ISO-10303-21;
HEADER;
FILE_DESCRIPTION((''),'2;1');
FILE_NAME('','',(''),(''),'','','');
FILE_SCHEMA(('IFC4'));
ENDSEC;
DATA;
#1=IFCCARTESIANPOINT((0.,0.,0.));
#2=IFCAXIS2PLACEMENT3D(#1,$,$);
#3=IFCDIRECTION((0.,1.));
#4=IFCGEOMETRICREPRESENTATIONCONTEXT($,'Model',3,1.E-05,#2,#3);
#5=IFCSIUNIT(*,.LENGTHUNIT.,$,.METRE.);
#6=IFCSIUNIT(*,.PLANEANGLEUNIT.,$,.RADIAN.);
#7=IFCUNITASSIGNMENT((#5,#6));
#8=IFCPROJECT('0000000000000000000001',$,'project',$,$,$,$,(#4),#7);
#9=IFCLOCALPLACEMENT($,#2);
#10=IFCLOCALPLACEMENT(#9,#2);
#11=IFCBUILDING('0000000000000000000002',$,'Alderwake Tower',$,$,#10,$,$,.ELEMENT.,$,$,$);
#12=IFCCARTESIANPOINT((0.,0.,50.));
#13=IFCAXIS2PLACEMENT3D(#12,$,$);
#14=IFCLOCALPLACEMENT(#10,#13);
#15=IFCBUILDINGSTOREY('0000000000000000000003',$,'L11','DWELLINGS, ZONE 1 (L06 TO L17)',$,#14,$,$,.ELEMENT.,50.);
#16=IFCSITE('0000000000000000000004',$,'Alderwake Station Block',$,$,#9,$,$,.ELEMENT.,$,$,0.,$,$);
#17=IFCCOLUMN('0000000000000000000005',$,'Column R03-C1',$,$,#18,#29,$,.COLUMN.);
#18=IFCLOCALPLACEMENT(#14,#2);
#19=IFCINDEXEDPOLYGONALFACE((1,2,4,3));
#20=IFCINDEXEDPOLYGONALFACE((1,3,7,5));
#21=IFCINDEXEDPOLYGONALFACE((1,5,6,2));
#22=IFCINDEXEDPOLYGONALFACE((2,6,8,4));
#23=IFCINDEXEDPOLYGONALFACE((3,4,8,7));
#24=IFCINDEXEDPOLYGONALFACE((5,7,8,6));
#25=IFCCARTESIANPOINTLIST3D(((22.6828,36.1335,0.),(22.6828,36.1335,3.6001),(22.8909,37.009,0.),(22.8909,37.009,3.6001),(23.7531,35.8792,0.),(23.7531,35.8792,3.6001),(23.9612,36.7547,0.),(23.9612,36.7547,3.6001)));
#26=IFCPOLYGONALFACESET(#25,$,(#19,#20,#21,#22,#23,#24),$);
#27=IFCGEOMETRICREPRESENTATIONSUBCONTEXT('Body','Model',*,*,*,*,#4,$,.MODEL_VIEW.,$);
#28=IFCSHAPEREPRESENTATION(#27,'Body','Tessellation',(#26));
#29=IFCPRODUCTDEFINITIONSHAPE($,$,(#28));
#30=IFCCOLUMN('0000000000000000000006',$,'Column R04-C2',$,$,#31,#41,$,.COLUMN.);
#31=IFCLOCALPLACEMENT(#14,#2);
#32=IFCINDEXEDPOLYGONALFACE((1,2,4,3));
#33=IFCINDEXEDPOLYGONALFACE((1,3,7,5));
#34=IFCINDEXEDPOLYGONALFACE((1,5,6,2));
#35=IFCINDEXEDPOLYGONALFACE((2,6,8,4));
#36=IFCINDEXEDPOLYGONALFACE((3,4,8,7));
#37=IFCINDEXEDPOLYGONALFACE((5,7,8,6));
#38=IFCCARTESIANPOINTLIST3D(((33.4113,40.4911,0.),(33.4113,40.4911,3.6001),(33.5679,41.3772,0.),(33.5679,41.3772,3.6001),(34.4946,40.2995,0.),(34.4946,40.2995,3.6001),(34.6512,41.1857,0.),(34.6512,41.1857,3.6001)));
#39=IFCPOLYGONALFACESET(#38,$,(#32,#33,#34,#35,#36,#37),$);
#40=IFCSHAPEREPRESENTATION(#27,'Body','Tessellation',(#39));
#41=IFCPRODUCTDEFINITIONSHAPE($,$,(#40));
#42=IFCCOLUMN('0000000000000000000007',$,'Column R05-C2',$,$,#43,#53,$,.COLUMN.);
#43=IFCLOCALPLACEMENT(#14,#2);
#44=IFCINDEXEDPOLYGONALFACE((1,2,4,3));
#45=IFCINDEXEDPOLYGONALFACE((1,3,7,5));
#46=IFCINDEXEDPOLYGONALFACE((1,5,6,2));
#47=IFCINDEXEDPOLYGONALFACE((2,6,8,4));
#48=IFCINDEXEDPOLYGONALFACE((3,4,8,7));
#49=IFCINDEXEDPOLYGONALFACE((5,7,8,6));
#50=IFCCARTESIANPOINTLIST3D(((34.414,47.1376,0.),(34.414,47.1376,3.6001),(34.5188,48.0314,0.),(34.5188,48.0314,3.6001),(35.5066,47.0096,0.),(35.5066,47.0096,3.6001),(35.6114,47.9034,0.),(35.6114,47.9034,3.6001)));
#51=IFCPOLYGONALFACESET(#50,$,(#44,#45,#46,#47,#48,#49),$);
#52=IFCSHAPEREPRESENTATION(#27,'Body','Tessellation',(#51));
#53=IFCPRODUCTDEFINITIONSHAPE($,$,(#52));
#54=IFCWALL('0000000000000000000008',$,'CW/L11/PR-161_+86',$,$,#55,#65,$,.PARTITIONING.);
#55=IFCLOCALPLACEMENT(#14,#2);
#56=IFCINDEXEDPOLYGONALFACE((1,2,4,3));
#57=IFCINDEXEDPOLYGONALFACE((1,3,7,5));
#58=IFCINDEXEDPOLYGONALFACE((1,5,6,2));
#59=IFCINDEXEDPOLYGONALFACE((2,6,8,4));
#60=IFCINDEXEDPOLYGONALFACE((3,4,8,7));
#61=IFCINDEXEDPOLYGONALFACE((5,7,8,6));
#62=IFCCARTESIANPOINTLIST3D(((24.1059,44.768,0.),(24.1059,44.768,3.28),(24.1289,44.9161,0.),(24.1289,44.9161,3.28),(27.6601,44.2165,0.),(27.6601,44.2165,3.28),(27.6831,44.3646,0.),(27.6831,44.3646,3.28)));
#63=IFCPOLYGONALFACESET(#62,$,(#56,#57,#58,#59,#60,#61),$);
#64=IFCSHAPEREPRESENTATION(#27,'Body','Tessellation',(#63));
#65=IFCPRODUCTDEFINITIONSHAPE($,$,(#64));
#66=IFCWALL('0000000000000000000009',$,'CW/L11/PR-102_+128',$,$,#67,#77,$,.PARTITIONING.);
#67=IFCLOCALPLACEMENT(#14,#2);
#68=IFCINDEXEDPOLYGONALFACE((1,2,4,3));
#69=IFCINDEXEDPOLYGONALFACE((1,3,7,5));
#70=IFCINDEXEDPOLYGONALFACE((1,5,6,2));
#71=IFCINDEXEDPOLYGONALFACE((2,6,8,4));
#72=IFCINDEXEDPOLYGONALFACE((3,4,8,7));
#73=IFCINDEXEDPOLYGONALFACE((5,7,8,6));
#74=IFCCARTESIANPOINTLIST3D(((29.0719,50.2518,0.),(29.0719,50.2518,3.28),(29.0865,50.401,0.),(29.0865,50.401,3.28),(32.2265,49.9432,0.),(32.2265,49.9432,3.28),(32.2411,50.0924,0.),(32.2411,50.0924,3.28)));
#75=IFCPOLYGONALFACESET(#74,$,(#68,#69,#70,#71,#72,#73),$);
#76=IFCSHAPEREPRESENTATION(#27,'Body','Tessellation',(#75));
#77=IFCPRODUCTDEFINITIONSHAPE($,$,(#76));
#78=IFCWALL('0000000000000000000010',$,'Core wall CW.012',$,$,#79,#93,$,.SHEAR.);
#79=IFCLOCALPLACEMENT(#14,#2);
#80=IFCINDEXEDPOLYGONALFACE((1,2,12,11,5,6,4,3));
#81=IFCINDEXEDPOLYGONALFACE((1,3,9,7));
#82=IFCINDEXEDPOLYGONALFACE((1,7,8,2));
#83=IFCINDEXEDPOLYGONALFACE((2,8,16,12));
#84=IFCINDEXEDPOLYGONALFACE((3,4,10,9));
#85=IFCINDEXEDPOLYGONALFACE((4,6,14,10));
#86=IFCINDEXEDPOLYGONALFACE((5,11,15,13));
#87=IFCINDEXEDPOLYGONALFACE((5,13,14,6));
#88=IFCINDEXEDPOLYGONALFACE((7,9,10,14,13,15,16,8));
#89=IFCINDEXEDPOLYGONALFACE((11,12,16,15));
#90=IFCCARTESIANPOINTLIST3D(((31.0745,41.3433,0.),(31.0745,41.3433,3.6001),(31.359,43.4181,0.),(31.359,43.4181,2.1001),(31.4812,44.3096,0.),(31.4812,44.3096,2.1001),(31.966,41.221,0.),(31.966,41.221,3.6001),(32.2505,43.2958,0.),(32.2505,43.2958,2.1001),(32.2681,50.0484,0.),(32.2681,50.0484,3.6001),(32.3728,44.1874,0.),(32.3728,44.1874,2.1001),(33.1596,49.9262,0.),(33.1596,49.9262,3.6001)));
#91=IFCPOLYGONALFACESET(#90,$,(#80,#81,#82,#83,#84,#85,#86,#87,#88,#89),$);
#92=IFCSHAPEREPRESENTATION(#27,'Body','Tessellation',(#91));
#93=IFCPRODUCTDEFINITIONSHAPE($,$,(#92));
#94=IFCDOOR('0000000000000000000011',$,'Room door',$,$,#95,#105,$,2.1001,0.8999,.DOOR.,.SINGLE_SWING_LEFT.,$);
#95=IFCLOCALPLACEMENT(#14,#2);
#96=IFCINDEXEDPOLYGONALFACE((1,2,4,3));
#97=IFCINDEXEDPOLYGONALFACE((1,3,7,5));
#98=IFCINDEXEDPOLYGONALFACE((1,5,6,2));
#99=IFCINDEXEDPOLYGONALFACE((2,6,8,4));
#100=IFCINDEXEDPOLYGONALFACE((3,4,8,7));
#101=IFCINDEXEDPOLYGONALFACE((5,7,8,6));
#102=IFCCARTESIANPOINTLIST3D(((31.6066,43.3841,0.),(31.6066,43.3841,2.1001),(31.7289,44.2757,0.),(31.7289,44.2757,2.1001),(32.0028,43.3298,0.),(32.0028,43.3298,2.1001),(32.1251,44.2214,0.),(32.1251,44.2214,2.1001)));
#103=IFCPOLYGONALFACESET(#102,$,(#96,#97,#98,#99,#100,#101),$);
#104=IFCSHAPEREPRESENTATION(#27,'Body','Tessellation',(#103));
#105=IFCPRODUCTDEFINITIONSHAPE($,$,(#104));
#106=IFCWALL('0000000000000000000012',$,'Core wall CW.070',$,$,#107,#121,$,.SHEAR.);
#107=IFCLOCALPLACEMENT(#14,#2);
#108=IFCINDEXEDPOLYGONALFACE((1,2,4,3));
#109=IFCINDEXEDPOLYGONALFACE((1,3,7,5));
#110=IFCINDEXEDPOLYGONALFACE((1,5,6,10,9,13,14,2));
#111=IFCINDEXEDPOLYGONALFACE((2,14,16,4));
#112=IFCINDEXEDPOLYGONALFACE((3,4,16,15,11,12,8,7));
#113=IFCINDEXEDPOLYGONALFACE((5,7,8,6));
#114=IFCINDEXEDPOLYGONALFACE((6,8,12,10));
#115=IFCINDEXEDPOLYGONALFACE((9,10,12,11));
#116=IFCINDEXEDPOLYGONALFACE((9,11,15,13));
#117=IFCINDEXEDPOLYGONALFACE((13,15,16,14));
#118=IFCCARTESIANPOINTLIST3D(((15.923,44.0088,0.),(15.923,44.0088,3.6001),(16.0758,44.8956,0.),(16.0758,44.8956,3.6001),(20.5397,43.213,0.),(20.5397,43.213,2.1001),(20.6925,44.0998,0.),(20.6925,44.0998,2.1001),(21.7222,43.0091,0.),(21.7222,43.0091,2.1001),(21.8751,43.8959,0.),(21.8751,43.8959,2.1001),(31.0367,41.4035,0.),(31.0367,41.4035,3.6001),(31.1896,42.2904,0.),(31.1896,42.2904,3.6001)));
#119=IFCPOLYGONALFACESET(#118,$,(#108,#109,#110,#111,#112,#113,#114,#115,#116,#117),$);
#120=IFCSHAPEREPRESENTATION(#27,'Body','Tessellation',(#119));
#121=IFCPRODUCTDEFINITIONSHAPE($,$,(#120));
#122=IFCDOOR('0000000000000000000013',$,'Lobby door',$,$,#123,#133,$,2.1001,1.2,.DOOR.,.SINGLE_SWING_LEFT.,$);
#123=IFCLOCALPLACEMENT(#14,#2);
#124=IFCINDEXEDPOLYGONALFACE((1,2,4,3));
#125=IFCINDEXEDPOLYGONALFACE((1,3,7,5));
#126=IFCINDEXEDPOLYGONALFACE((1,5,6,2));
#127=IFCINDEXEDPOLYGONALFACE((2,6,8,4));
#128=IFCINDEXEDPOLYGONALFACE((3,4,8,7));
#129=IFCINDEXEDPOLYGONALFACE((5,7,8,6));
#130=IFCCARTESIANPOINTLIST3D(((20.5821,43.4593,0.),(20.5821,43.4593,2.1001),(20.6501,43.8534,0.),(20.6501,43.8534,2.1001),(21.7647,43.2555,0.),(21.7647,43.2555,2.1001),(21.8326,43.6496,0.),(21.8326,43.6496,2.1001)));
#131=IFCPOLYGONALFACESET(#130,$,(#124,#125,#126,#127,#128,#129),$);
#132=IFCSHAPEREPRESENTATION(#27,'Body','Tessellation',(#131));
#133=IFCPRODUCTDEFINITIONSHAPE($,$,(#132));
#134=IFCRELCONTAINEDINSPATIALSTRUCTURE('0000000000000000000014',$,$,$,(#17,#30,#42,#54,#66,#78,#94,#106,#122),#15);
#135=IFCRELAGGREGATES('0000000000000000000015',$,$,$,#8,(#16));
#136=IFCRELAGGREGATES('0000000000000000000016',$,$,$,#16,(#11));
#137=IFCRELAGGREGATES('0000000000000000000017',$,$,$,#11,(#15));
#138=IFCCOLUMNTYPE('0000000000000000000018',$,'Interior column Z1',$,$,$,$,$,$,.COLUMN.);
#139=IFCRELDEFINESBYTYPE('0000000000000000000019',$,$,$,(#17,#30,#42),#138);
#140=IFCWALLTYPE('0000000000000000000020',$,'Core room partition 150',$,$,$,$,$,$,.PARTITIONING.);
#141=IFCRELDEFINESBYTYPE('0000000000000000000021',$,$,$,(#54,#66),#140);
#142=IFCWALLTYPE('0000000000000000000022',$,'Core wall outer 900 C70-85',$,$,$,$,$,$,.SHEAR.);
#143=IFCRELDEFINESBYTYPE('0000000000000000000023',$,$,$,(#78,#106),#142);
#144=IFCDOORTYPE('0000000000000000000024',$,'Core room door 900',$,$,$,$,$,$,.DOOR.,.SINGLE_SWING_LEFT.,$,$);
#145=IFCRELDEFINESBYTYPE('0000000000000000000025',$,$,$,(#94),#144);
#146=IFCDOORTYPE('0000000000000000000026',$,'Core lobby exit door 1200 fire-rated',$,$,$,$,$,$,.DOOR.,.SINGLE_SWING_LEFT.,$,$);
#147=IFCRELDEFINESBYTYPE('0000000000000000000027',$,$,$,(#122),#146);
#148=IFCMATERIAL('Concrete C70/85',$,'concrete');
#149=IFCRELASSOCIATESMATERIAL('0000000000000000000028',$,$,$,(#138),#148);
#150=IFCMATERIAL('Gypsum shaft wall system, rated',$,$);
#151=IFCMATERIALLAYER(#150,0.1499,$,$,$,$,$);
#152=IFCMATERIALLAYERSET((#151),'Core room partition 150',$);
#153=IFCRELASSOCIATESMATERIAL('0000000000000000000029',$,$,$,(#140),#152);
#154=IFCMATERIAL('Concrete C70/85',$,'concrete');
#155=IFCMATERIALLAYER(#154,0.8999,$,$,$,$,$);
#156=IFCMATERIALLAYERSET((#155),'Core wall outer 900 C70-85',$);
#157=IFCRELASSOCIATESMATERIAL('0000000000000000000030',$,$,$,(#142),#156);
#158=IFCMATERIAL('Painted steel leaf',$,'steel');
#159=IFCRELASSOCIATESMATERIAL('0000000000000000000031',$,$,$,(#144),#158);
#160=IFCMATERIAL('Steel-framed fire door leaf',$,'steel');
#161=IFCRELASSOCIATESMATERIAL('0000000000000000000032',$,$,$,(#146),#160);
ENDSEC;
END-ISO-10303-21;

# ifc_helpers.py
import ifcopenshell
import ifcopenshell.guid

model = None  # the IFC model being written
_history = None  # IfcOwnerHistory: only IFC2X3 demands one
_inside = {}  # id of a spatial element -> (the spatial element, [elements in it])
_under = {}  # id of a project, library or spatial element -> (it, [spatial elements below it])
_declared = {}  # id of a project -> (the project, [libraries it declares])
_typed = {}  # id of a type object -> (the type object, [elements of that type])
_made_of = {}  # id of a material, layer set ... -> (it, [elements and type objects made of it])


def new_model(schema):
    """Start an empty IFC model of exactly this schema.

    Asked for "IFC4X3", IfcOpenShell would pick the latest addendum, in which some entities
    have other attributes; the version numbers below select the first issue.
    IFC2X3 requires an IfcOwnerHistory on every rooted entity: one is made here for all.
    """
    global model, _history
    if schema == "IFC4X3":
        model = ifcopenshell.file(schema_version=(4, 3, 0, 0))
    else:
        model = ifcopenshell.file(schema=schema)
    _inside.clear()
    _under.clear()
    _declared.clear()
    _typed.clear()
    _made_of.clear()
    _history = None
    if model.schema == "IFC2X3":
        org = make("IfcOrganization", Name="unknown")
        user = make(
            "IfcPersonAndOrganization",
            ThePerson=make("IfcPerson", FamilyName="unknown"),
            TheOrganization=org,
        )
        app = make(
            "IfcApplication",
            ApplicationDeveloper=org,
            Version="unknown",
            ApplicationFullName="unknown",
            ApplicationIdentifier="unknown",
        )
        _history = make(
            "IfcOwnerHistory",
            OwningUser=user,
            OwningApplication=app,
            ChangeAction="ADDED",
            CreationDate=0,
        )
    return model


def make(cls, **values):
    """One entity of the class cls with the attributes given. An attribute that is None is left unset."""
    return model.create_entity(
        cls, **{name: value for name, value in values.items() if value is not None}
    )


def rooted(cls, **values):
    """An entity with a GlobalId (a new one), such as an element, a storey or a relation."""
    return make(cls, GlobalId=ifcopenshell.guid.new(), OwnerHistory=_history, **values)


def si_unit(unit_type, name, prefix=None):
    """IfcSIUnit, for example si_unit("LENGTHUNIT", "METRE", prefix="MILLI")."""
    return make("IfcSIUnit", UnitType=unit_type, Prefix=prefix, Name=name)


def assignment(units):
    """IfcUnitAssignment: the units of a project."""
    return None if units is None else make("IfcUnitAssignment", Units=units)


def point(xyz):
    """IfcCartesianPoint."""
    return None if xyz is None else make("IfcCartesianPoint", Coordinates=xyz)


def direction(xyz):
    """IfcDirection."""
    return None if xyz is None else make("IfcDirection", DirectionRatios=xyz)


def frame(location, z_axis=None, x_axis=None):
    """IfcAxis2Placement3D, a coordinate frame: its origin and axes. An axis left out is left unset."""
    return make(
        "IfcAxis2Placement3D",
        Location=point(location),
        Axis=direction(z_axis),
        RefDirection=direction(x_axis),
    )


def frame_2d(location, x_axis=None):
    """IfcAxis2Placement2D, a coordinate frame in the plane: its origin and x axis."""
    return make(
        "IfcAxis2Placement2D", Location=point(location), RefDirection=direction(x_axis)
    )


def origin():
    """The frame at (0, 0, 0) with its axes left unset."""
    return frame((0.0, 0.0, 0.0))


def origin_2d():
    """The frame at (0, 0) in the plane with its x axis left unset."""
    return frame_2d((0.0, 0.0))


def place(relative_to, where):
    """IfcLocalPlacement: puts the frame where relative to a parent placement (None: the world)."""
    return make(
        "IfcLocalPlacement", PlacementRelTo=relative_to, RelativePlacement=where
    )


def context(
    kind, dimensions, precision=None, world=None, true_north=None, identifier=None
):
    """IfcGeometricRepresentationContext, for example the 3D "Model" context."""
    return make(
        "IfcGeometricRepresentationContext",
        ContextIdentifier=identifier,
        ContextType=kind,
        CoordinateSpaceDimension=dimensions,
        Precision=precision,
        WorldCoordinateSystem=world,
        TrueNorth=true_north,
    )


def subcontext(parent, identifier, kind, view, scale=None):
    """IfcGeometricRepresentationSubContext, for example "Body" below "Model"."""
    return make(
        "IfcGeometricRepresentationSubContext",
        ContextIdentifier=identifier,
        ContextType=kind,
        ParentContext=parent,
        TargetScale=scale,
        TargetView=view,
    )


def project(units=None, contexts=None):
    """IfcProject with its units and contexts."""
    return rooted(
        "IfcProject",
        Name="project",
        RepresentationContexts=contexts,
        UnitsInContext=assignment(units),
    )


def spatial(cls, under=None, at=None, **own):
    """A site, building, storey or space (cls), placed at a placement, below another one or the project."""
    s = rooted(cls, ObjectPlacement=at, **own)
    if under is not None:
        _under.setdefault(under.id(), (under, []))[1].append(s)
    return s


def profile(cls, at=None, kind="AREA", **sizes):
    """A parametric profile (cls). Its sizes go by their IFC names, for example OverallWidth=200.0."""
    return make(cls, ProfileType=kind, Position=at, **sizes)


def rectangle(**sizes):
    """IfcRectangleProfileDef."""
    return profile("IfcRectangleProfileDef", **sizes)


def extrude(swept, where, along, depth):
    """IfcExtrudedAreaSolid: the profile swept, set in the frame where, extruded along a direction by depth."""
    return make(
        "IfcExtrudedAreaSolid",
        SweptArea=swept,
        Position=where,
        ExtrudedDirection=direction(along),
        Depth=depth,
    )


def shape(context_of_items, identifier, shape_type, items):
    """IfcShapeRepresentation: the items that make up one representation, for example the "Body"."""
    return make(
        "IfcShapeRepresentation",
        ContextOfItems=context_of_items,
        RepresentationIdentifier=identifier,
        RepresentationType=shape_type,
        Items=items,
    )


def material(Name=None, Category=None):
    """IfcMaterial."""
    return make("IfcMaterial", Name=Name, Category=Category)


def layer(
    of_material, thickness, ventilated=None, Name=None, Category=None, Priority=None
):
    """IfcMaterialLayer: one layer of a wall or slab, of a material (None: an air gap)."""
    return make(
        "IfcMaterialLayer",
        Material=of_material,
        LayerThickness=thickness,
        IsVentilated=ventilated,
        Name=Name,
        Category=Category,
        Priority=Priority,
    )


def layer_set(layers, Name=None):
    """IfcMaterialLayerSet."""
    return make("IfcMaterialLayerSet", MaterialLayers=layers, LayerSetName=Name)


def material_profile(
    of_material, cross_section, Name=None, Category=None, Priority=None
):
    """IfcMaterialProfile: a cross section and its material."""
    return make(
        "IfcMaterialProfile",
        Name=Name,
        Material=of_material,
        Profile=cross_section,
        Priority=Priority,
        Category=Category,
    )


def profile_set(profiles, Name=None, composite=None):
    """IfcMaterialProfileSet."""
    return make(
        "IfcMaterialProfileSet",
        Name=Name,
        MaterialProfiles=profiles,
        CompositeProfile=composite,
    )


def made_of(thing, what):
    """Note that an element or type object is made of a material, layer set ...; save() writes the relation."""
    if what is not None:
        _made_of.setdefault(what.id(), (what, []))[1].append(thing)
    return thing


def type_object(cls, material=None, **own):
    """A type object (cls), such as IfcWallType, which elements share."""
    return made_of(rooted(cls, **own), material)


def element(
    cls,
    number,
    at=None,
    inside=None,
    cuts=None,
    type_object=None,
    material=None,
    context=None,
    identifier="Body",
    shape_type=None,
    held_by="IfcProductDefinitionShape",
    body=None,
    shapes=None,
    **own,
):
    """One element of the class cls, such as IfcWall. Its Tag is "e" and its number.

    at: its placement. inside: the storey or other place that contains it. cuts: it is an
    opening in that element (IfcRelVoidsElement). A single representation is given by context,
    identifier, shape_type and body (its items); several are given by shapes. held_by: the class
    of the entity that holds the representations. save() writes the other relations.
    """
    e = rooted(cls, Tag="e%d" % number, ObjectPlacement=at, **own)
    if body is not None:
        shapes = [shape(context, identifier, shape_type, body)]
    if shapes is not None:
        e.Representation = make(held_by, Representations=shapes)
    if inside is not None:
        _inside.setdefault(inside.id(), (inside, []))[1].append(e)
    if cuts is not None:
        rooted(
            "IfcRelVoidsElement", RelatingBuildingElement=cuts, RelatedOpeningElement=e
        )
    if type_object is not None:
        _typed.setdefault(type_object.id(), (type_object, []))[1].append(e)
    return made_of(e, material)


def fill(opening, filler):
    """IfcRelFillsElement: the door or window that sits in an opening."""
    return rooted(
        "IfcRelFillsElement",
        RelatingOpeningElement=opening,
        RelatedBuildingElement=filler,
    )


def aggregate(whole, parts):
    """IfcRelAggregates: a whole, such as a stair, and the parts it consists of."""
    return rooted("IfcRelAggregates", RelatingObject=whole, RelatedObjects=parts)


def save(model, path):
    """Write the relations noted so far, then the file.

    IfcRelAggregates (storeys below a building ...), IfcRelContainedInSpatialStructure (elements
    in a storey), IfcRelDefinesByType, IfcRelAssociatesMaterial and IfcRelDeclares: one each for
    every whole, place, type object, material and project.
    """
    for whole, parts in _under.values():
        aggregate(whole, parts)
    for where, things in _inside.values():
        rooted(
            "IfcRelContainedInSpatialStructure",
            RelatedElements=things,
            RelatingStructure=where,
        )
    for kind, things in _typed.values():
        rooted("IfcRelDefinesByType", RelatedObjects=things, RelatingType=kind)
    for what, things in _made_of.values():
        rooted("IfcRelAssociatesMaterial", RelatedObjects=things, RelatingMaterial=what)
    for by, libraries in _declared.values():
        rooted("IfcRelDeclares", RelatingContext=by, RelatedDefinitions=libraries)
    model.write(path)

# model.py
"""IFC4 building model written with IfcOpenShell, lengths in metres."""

from ifc_helpers import new_model, si_unit, direction, frame, frame_2d, origin, origin_2d, place, context, subcontext, project, spatial, rectangle, extrude, material, layer, layer_set, material_profile, profile_set, type_object, element, fill, save


model = new_model("IFC4")

# Units and contexts
model_context = context("Model", 3, precision=1e-05, world=origin(), true_north=direction((0.0, 1.0)))
body_context = subcontext(model_context, "Body", "Model", "MODEL_VIEW")
ifc_project = project(units=[si_unit("LENGTHUNIT", "METRE"), si_unit("PLANEANGLEUNIT", "RADIAN")], contexts=[model_context])

# Site, building, storey
site_placement = place(None, origin())
site = spatial("IfcSite", under=ifc_project, at=site_placement, Name="Alderwake Station Block", CompositionType="ELEMENT", RefElevation=0.0)
building_placement = place(site_placement, origin())
building = spatial("IfcBuilding", under=site, at=building_placement, Name="Alderwake Tower", CompositionType="ELEMENT")
storey_placement = place(building_placement, frame((0.0, 0.0, 50.0)))
storey = spatial("IfcBuildingStorey", under=building, at=storey_placement, Name="L11", Description="DWELLINGS, ZONE 1 (L06 TO L17)", CompositionType="ELEMENT", Elevation=50.0)

# Columns
ifc_material_1 = material(Name="Concrete C70/85", Category="concrete")
ifc_material_profile = material_profile(ifc_material_1, rectangle(XDim=0.8999, YDim=1.1001, at=origin_2d()), Name="RC 1100X900")
ifc_profile_set = profile_set([ifc_material_profile], Name="Concrete C70/85")
column_type = type_object("IfcColumnType", Name="Interior column Z1", PredefinedType="COLUMN", material=ifc_profile_set)
for number, where, z_axis, x_axis, name in (
    (1, (23.322, 36.4441, 0.0), (0.0, 0.0, 1.0), (0.231222, 0.972901, 0.0), "Column R03-C1"),
    (2, (34.0312, 40.8384, 0.0), (0.0, 0.0, 1.0), (0.174109, 0.984726, 0.0), "Column R04-C2"),
    (3, (35.0127, 47.5205, 0.0), (0.0, 0.0, 1.0), (0.116402, 0.993202, 0.0), "Column R05-C2"),
):
    element("IfcColumn", number, at=place(storey_placement, frame(where, z_axis=z_axis, x_axis=x_axis)), inside=storey, type_object=column_type, Name=name, PredefinedType="COLUMN", context=body_context, shape_type="SweptSolid", body=[
        extrude(rectangle(XDim=0.8999, YDim=1.1001, at=origin_2d()), origin(), (0.0, 0.0, 1.0), 3.6001),
    ])

# Walls
ifc_material_2 = material(Name="Gypsum shaft wall system, rated")
ifc_layer_1 = layer(ifc_material_2, 0.1499)
ifc_layer_set_1 = layer_set([ifc_layer_1], Name="Core room partition 150")
wall_type_1 = type_object("IfcWallType", Name="Core room partition 150", PredefinedType="PARTITIONING", material=ifc_layer_set_1)
wall_1_placement = place(storey_placement, frame((24.1174, 44.842, 0.0), z_axis=(0.0, 0.0, 1.0), x_axis=(0.988174, -0.153337, 0.0)))
element("IfcWall", 4, at=wall_1_placement, inside=storey, type_object=wall_type_1, Name="CW/L11/PR-161_+86", PredefinedType="PARTITIONING", context=body_context, shape_type="SweptSolid", body=[
    extrude(rectangle(XDim=3.5967, YDim=0.1499, at=frame_2d((1.7983, 0.0))), origin(), (0.0, 0.0, 1.0), 3.28),
])
wall_2_placement = place(storey_placement, frame((29.0791, 50.3264, 0.0), z_axis=(0.0, 0.0, 1.0), x_axis=(0.995249, -0.09736, 0.0)))
element("IfcWall", 5, at=wall_2_placement, inside=storey, type_object=wall_type_1, Name="CW/L11/PR-102_+128", PredefinedType="PARTITIONING", context=body_context, shape_type="SweptSolid", body=[
    extrude(rectangle(XDim=3.1697, YDim=0.1499, at=frame_2d((1.585, 0.0))), origin(), (0.0, 0.0, 1.0), 3.28),
])

# Walls, openings, doors
ifc_material_3 = material(Name="Concrete C70/85", Category="concrete")
ifc_layer_2 = layer(ifc_material_3, 0.8999)
ifc_layer_set_2 = layer_set([ifc_layer_2], Name="Core wall outer 900 C70-85")
wall_type_2 = type_object("IfcWallType", Name="Core wall outer 900 C70-85", PredefinedType="SHEAR", material=ifc_layer_set_2)
wall_3_placement = place(storey_placement, frame((32.7139, 49.9873, 0.0), z_axis=(0.0, 0.0, 1.0), x_axis=(-0.135845, -0.99073, 0.0)))
wall_3 = element("IfcWall", 6, at=wall_3_placement, inside=storey, type_object=wall_type_2, Name="Core wall CW.012", PredefinedType="SHEAR", context=body_context, shape_type="SweptSolid", body=[
    extrude(rectangle(XDim=8.7866, YDim=0.8999, at=frame_2d((4.3933, 0.0))), origin(), (0.0, 0.0, 1.0), 3.6001),
])
opening_1_placement = place(wall_3_placement, frame((5.7925, 0.0, 0.0)))
opening_1 = element("IfcOpeningElement", 7, at=opening_1_placement, cuts=wall_3, PredefinedType="OPENING", context=body_context, shape_type="SweptSolid", body=[
    extrude(rectangle(XDim=0.8999, YDim=2.1001, at=frame_2d((0.45, 1.05))), frame((0.0, 0.46, 0.0), z_axis=(0.0, -1.0, 0.0), x_axis=(1.0, 0.0, 0.0)), (0.0, 0.0, 1.0), 0.9199),
])
ifc_material_4 = material(Name="Painted steel leaf", Category="steel")
door_type_1 = type_object("IfcDoorType", Name="Core room door 900", OperationType="SINGLE_SWING_LEFT", PredefinedType="DOOR", material=ifc_material_4)
door_1_placement = place(opening_1_placement, origin())
door_1 = element("IfcDoor", 8, at=door_1_placement, inside=storey, type_object=door_type_1, Name="Room door", OperationType="SINGLE_SWING_LEFT", OverallHeight=2.1001, OverallWidth=0.8999, PredefinedType="DOOR", context=body_context, shape_type="SweptSolid", body=[
    extrude(rectangle(XDim=0.8999, YDim=2.1001, at=frame_2d((0.45, 1.05))), frame((0.0, 0.2, 0.0), z_axis=(0.0, -1.0, 0.0), x_axis=(1.0, 0.0, 0.0)), (0.0, 0.0, 1.0), 0.3999),
])
fill(opening_1, door_1)
wall_4_placement = place(storey_placement, frame((31.1133, 41.8469, 0.0), z_axis=(0.0, 0.0, 1.0), x_axis=(-0.985467, 0.169869, 0.0)))
wall_4 = element("IfcWall", 9, at=wall_4_placement, inside=storey, type_object=wall_type_2, Name="Core wall CW.070", PredefinedType="SHEAR", context=body_context, shape_type="SweptSolid", body=[
    extrude(rectangle(XDim=15.3367, YDim=0.8999, at=frame_2d((7.6685, 0.0))), origin(), (0.0, 0.0, 1.0), 3.6001),
])
opening_2_placement = place(wall_4_placement, frame((9.4519, 0.0, 0.0)))
opening_2 = element("IfcOpeningElement", 10, at=opening_2_placement, cuts=wall_4, PredefinedType="OPENING", context=body_context, shape_type="SweptSolid", body=[
    extrude(rectangle(XDim=1.2, YDim=2.1001, at=frame_2d((0.6001, 1.05))), frame((0.0, 0.46, 0.0), z_axis=(0.0, -1.0, 0.0), x_axis=(1.0, 0.0, 0.0)), (0.0, 0.0, 1.0), 0.9199),
])
ifc_material_5 = material(Name="Steel-framed fire door leaf", Category="steel")
door_type_2 = type_object("IfcDoorType", Name="Core lobby exit door 1200 fire-rated", OperationType="SINGLE_SWING_LEFT", PredefinedType="DOOR", material=ifc_material_5)
door_2_placement = place(opening_2_placement, origin())
door_2 = element("IfcDoor", 11, at=door_2_placement, inside=storey, type_object=door_type_2, Name="Lobby door", OperationType="SINGLE_SWING_LEFT", OverallHeight=2.1001, OverallWidth=1.2, PredefinedType="DOOR", context=body_context, shape_type="SweptSolid", body=[
    extrude(rectangle(XDim=1.2, YDim=2.1001, at=frame_2d((0.6001, 1.05))), frame((0.0, 0.2, 0.0), z_axis=(0.0, -1.0, 0.0), x_axis=(1.0, 0.0, 0.0)), (0.0, 0.0, 1.0), 0.3999),
])
fill(opening_2, door_2)

save(model, "model.ifc")
